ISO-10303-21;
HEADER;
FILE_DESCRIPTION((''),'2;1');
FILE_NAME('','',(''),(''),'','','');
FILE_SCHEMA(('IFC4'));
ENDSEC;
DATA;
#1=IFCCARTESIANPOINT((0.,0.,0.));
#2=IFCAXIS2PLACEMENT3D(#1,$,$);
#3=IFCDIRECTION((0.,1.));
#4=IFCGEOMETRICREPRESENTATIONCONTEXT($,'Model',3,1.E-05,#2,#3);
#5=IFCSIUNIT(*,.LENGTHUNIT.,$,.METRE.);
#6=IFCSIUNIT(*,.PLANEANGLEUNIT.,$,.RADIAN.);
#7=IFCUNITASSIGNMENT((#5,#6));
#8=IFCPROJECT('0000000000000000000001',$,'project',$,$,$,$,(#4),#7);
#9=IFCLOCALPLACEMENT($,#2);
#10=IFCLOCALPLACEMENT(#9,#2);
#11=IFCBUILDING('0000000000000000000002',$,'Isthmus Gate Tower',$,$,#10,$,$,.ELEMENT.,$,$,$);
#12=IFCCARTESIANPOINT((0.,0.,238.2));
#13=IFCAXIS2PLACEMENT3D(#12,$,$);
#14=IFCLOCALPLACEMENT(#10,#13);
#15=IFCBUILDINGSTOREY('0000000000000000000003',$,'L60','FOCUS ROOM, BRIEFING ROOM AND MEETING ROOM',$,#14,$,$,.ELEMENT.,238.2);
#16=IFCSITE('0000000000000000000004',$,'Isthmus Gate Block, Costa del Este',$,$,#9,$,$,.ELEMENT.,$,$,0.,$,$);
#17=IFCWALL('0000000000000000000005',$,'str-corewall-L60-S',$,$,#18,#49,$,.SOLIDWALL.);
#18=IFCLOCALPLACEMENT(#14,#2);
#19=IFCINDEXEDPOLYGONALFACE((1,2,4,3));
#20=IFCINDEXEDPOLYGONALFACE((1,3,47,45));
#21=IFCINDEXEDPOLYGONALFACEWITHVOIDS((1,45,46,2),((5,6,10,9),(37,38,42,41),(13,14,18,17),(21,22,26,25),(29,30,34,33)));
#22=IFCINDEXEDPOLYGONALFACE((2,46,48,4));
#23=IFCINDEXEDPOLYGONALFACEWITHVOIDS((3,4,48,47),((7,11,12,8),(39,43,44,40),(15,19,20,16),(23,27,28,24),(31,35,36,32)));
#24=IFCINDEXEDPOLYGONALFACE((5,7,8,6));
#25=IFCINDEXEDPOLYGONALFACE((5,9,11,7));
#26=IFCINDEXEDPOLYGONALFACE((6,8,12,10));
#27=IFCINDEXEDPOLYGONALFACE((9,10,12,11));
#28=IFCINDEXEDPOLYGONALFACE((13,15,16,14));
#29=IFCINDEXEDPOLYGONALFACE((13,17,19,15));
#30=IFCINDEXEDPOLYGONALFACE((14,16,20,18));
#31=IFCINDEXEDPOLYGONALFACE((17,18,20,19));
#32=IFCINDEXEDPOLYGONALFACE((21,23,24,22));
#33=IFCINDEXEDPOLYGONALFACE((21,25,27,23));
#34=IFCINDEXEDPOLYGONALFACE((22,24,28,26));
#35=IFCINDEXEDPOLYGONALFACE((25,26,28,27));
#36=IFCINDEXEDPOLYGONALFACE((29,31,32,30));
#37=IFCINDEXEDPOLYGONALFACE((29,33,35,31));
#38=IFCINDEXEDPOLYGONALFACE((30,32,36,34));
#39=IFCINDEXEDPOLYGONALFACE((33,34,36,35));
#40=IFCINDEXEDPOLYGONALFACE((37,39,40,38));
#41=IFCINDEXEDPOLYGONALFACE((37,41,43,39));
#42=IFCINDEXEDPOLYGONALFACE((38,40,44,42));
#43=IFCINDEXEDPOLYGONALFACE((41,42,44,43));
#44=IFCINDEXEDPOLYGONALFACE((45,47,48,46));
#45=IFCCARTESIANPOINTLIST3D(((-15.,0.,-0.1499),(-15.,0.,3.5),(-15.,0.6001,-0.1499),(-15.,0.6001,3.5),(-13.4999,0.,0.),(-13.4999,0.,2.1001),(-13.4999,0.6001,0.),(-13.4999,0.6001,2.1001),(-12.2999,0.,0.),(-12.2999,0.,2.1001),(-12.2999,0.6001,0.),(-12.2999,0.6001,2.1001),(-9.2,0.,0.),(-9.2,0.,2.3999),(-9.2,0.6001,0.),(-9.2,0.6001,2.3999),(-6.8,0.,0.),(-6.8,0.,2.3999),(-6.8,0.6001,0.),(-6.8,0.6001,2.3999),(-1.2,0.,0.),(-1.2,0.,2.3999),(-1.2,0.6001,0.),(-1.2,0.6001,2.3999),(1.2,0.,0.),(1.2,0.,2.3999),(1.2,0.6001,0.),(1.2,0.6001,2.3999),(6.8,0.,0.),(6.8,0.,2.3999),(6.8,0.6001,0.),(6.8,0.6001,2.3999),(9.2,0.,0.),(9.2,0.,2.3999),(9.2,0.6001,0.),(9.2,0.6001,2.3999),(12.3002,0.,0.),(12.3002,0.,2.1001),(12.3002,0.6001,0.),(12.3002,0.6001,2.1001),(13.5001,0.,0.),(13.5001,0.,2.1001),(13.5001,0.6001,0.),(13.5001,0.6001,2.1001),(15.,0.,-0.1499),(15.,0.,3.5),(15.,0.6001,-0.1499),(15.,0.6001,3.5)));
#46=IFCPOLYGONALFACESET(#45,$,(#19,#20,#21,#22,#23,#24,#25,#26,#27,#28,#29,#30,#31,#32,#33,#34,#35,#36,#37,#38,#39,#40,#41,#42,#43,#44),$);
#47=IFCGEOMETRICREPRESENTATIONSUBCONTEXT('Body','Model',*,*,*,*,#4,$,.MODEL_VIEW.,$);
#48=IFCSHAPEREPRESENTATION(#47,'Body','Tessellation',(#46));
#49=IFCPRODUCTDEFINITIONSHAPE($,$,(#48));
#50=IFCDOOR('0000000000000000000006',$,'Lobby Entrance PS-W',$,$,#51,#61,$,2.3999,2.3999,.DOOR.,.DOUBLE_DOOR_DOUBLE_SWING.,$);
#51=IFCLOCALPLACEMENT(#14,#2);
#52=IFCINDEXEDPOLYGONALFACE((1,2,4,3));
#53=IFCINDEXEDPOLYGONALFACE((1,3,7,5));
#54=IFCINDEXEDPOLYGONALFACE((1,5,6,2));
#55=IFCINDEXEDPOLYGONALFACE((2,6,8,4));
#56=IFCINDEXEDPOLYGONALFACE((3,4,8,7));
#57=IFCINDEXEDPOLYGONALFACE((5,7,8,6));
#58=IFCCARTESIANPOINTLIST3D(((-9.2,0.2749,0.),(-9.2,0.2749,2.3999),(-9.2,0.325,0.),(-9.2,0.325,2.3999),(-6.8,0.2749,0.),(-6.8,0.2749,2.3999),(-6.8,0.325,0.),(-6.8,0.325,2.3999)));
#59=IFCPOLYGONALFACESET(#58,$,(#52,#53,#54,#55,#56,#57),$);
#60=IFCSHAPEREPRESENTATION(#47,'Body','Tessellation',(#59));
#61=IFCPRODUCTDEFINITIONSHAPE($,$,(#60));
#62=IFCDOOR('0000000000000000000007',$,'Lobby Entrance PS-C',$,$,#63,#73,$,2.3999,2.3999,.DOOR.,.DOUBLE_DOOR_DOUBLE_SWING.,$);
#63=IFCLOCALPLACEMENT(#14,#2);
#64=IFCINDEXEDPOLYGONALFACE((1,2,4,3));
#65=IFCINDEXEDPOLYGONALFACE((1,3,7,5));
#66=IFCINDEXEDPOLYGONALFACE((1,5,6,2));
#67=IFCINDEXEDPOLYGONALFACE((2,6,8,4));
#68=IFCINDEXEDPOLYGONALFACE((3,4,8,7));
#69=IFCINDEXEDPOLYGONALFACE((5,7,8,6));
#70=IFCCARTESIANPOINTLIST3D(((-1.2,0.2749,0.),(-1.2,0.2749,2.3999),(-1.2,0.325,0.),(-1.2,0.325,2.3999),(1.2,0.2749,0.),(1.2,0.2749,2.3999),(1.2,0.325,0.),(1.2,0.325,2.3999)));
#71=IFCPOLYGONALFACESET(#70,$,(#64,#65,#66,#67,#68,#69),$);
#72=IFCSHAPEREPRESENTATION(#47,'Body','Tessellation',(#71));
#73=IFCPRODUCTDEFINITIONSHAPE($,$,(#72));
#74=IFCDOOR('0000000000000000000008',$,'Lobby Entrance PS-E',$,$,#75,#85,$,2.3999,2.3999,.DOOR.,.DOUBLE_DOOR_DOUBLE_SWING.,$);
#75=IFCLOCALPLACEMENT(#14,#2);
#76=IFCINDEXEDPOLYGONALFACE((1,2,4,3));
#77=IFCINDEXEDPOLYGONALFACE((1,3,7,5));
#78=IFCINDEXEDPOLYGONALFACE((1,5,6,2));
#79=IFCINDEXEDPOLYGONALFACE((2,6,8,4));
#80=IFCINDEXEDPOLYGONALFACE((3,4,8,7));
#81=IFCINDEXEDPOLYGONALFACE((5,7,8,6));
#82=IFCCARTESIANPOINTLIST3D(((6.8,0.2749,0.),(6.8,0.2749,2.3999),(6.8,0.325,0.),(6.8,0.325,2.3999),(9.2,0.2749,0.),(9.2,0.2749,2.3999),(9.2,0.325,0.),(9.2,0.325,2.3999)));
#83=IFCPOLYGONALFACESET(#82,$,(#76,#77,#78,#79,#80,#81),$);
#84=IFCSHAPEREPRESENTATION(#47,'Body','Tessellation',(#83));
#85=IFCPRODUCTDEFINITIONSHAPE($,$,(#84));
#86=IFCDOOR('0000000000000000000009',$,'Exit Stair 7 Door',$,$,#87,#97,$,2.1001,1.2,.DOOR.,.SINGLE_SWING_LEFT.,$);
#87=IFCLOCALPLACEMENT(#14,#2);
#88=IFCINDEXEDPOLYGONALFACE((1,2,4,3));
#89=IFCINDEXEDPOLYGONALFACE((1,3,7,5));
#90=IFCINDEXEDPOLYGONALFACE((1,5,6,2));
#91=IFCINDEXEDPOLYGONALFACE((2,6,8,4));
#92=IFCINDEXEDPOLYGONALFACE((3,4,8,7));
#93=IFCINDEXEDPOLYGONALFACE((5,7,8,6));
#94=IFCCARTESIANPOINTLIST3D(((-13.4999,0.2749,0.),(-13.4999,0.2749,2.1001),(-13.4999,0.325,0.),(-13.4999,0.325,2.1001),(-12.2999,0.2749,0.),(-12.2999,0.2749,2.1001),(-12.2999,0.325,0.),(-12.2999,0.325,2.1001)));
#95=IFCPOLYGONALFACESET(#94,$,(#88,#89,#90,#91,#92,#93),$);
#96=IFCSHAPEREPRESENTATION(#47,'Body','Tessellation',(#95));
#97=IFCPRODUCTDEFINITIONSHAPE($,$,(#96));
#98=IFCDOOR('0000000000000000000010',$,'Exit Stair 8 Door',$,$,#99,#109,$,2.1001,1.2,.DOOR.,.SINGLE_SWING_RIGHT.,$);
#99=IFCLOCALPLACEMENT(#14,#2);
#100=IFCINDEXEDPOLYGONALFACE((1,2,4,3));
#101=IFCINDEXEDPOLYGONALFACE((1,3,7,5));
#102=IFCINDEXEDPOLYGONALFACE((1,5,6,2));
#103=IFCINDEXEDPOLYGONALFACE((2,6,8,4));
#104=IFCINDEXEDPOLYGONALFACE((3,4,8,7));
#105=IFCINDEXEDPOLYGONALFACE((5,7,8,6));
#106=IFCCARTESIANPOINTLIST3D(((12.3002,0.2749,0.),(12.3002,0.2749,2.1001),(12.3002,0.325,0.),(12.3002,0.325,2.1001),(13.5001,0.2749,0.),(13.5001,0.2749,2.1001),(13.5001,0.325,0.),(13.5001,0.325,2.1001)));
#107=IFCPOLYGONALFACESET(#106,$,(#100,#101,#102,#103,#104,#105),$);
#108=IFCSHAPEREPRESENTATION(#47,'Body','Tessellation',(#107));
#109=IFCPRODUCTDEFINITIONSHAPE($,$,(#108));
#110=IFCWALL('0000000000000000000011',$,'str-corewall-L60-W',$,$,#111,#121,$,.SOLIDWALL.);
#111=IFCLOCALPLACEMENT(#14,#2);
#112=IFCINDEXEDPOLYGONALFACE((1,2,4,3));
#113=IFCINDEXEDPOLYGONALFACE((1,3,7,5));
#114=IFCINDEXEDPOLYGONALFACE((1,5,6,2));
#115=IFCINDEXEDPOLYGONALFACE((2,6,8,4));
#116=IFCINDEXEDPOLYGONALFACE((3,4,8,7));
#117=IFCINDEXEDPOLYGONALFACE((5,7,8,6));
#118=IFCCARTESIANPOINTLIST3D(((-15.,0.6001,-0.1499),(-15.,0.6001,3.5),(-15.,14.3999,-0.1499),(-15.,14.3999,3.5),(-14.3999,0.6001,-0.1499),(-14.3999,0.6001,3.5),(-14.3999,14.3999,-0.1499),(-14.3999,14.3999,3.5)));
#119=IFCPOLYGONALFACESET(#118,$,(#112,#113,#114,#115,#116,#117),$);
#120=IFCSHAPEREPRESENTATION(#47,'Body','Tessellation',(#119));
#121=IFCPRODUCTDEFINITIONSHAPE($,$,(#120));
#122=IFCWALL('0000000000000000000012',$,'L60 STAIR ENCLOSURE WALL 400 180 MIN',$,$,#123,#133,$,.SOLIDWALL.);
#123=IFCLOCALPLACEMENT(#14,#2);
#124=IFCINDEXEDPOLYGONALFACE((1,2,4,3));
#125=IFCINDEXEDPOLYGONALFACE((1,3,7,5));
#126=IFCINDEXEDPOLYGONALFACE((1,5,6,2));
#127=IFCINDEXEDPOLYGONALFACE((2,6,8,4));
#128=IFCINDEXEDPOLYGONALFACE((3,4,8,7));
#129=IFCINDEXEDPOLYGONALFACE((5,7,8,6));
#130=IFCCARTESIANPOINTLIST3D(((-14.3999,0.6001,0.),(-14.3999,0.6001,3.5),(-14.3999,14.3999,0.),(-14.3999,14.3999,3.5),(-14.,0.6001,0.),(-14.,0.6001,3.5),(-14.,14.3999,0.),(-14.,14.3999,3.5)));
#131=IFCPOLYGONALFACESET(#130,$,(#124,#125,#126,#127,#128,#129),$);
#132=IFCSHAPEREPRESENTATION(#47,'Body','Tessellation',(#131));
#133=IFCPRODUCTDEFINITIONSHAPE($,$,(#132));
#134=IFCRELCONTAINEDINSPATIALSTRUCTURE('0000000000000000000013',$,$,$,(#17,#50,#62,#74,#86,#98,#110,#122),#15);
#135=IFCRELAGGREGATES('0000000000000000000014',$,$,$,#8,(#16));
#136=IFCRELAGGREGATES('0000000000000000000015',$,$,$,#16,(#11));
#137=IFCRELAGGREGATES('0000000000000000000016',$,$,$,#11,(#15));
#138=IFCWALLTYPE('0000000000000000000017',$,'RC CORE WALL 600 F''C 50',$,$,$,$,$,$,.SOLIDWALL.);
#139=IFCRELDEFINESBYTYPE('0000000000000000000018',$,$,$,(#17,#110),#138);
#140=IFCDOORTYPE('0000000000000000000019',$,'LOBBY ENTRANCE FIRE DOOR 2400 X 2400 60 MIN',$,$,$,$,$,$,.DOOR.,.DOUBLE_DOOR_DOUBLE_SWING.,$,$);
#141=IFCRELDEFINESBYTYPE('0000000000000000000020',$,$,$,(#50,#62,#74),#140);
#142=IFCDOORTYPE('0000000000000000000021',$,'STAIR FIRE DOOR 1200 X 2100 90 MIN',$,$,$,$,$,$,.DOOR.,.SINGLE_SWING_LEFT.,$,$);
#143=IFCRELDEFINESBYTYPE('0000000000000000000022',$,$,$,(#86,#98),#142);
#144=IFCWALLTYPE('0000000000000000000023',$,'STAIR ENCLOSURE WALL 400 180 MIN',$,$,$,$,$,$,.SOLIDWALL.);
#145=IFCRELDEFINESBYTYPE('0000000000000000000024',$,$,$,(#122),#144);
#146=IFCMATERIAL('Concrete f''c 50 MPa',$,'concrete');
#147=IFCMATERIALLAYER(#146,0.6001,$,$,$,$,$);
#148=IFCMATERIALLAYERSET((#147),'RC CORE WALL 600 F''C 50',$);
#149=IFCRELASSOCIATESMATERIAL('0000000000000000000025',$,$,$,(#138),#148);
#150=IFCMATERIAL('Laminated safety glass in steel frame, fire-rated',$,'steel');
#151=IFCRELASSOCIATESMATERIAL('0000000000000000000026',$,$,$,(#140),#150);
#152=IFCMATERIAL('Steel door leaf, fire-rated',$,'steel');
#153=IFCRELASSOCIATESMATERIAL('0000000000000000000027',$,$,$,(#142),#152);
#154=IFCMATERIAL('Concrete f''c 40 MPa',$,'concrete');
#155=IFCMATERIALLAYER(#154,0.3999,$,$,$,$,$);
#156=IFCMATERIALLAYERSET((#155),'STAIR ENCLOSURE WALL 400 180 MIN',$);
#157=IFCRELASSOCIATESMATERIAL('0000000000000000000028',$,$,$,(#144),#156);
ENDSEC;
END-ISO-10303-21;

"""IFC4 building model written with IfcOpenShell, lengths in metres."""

from ifc_helpers import new_model, si_unit, direction, frame, frame_2d, origin, place, context, subcontext, project, spatial, rectangle, extrude, material, layer, layer_set, type_object, element, fill, save


model = new_model("IFC4")

# Units and contexts
model_context = context("Model", 3, precision=1e-05, world=origin(), true_north=direction((0.0, 1.0)))
body_context = subcontext(model_context, "Body", "Model", "MODEL_VIEW")
ifc_project = project(units=[si_unit("LENGTHUNIT", "METRE"), si_unit("PLANEANGLEUNIT", "RADIAN")], contexts=[model_context])

# Site, building, storey
site_placement = place(None, origin())
site = spatial("IfcSite", under=ifc_project, at=site_placement, Name="Isthmus Gate Block, Costa del Este", CompositionType="ELEMENT", RefElevation=0.0)
building_placement = place(site_placement, origin())
building = spatial("IfcBuilding", under=site, at=building_placement, Name="Isthmus Gate Tower", CompositionType="ELEMENT")
storey_placement = place(building_placement, frame((0.0, 0.0, 238.2)))
storey = spatial("IfcBuildingStorey", under=building, at=storey_placement, Name="L60", Description="FOCUS ROOM, BRIEFING ROOM AND MEETING ROOM", CompositionType="ELEMENT", Elevation=238.2)

# Wall, openings, doors
ifc_material_1 = material(Name="Concrete f'c 50 MPa", Category="concrete")
ifc_layer_1 = layer(ifc_material_1, 0.6001)
ifc_layer_set_1 = layer_set([ifc_layer_1], Name="RC CORE WALL 600 F'C 50")
wall_type_1 = type_object("IfcWallType", Name="RC CORE WALL 600 F'C 50", PredefinedType="SOLIDWALL", material=ifc_layer_set_1)
wall_1_placement = place(storey_placement, frame((-15.0, 0.3, -0.1499), z_axis=(0.0, 0.0, 1.0), x_axis=(1.0, 0.0, 0.0)))
wall_1 = element("IfcWall", 1, at=wall_1_placement, inside=storey, type_object=wall_type_1, Name="str-corewall-L60-S", PredefinedType="SOLIDWALL", context=body_context, shape_type="SweptSolid", body=[
    extrude(rectangle(XDim=30.0, YDim=0.6001, at=frame_2d((15.0, 0.0))), origin(), (0.0, 0.0, 1.0), 3.6499),
])
opening_1_placement = place(wall_1_placement, frame((5.8, 0.0, 0.1499)))
opening_1 = element("IfcOpeningElement", 2, at=opening_1_placement, cuts=wall_1, PredefinedType="OPENING", context=body_context, shape_type="SweptSolid", body=[
    extrude(rectangle(XDim=2.3999, YDim=2.3999, at=frame_2d((1.2, 1.2))), frame((0.0, 0.3101, 0.0), z_axis=(0.0, -1.0, 0.0), x_axis=(1.0, 0.0, 0.0)), (0.0, 0.0, 1.0), 0.6201),
])
opening_2_placement = place(wall_1_placement, frame((13.8, 0.0, 0.1499)))
opening_2 = element("IfcOpeningElement", 3, at=opening_2_placement, cuts=wall_1, PredefinedType="OPENING", context=body_context, shape_type="SweptSolid", body=[
    extrude(rectangle(XDim=2.3999, YDim=2.3999, at=frame_2d((1.2, 1.2))), frame((0.0, 0.3101, 0.0), z_axis=(0.0, -1.0, 0.0), x_axis=(1.0, 0.0, 0.0)), (0.0, 0.0, 1.0), 0.6201),
])
opening_3_placement = place(wall_1_placement, frame((21.8, 0.0, 0.1499)))
opening_3 = element("IfcOpeningElement", 4, at=opening_3_placement, cuts=wall_1, PredefinedType="OPENING", context=body_context, shape_type="SweptSolid", body=[
    extrude(rectangle(XDim=2.3999, YDim=2.3999, at=frame_2d((1.2, 1.2))), frame((0.0, 0.3101, 0.0), z_axis=(0.0, -1.0, 0.0), x_axis=(1.0, 0.0, 0.0)), (0.0, 0.0, 1.0), 0.6201),
])
opening_4_placement = place(wall_1_placement, frame((1.5, 0.0, 0.1499)))
opening_4 = element("IfcOpeningElement", 5, at=opening_4_placement, cuts=wall_1, PredefinedType="OPENING", context=body_context, shape_type="SweptSolid", body=[
    extrude(rectangle(XDim=1.2, YDim=2.1001, at=frame_2d((0.6001, 1.05))), frame((0.0, 0.3101, 0.0), z_axis=(0.0, -1.0, 0.0), x_axis=(1.0, 0.0, 0.0)), (0.0, 0.0, 1.0), 0.6201),
])
opening_5_placement = place(wall_1_placement, frame((27.3, 0.0, 0.1499)))
opening_5 = element("IfcOpeningElement", 6, at=opening_5_placement, cuts=wall_1, PredefinedType="OPENING", context=body_context, shape_type="SweptSolid", body=[
    extrude(rectangle(XDim=1.2, YDim=2.1001, at=frame_2d((0.6001, 1.05))), frame((0.0, 0.3101, 0.0), z_axis=(0.0, -1.0, 0.0), x_axis=(1.0, 0.0, 0.0)), (0.0, 0.0, 1.0), 0.6201),
])
ifc_material_2 = material(Name="Laminated safety glass in steel frame, fire-rated", Category="steel")
door_type_1 = type_object("IfcDoorType", Name="LOBBY ENTRANCE FIRE DOOR 2400 X 2400 60 MIN", OperationType="DOUBLE_DOOR_DOUBLE_SWING", PredefinedType="DOOR", material=ifc_material_2)
door_1_placement = place(opening_1_placement, origin())
door_1 = element("IfcDoor", 7, at=door_1_placement, inside=storey, type_object=door_type_1, Name="Lobby Entrance PS-W", OperationType="DOUBLE_DOOR_DOUBLE_SWING", OverallHeight=2.3999, OverallWidth=2.3999, PredefinedType="DOOR", context=body_context, shape_type="SweptSolid", body=[
    extrude(rectangle(XDim=2.3999, YDim=2.3999, at=frame_2d((1.2, 1.2))), frame((0.0, 0.0249, 0.0), z_axis=(0.0, -1.0, 0.0), x_axis=(1.0, 0.0, 0.0)), (0.0, 0.0, 1.0), 0.05),
])
fill(opening_1, door_1)
door_2_placement = place(opening_2_placement, origin())
door_2 = element("IfcDoor", 8, at=door_2_placement, inside=storey, type_object=door_type_1, Name="Lobby Entrance PS-C", OperationType="DOUBLE_DOOR_DOUBLE_SWING", OverallHeight=2.3999, OverallWidth=2.3999, PredefinedType="DOOR", context=body_context, shape_type="SweptSolid", body=[
    extrude(rectangle(XDim=2.3999, YDim=2.3999, at=frame_2d((1.2, 1.2))), frame((0.0, 0.0249, 0.0), z_axis=(0.0, -1.0, 0.0), x_axis=(1.0, 0.0, 0.0)), (0.0, 0.0, 1.0), 0.05),
])
fill(opening_2, door_2)
door_3_placement = place(opening_3_placement, origin())
door_3 = element("IfcDoor", 9, at=door_3_placement, inside=storey, type_object=door_type_1, Name="Lobby Entrance PS-E", OperationType="DOUBLE_DOOR_DOUBLE_SWING", OverallHeight=2.3999, OverallWidth=2.3999, PredefinedType="DOOR", context=body_context, shape_type="SweptSolid", body=[
    extrude(rectangle(XDim=2.3999, YDim=2.3999, at=frame_2d((1.2, 1.2))), frame((0.0, 0.0249, 0.0), z_axis=(0.0, -1.0, 0.0), x_axis=(1.0, 0.0, 0.0)), (0.0, 0.0, 1.0), 0.05),
])
fill(opening_3, door_3)
ifc_material_3 = material(Name="Steel door leaf, fire-rated", Category="steel")
door_type_2 = type_object("IfcDoorType", Name="STAIR FIRE DOOR 1200 X 2100 90 MIN", OperationType="SINGLE_SWING_LEFT", PredefinedType="DOOR", material=ifc_material_3)
door_4_placement = place(opening_4_placement, origin())
door_4 = element("IfcDoor", 10, at=door_4_placement, inside=storey, type_object=door_type_2, Name="Exit Stair 7 Door", OperationType="SINGLE_SWING_LEFT", OverallHeight=2.1001, OverallWidth=1.2, PredefinedType="DOOR", context=body_context, shape_type="SweptSolid", body=[
    extrude(rectangle(XDim=1.2, YDim=2.1001, at=frame_2d((0.6001, 1.05))), frame((0.0, 0.0249, 0.0), z_axis=(0.0, -1.0, 0.0), x_axis=(1.0, 0.0, 0.0)), (0.0, 0.0, 1.0), 0.05),
])
fill(opening_4, door_4)
door_5_placement = place(opening_5_placement, origin())
door_5 = element("IfcDoor", 11, at=door_5_placement, inside=storey, type_object=door_type_2, Name="Exit Stair 8 Door", OperationType="SINGLE_SWING_RIGHT", OverallHeight=2.1001, OverallWidth=1.2, PredefinedType="DOOR", context=body_context, shape_type="SweptSolid", body=[
    extrude(rectangle(XDim=1.2, YDim=2.1001, at=frame_2d((0.6001, 1.05))), frame((0.0, 0.0249, 0.0), z_axis=(0.0, -1.0, 0.0), x_axis=(1.0, 0.0, 0.0)), (0.0, 0.0, 1.0), 0.05),
])
fill(opening_5, door_5)

# Walls
wall_2_placement = place(storey_placement, frame((-14.7, 0.6001, -0.1499), z_axis=(0.0, 0.0, 1.0), x_axis=(0.0, 1.0, 0.0)))
element("IfcWall", 12, at=wall_2_placement, inside=storey, type_object=wall_type_1, Name="str-corewall-L60-W", PredefinedType="SOLIDWALL", context=body_context, shape_type="SweptSolid", body=[
    extrude(rectangle(XDim=13.7998, YDim=0.6001, at=frame_2d((6.8999, 0.0))), origin(), (0.0, 0.0, 1.0), 3.6499),
])
ifc_material_4 = material(Name="Concrete f'c 40 MPa", Category="concrete")
ifc_layer_2 = layer(ifc_material_4, 0.3999)
ifc_layer_set_2 = layer_set([ifc_layer_2], Name="STAIR ENCLOSURE WALL 400 180 MIN")
wall_type_2 = type_object("IfcWallType", Name="STAIR ENCLOSURE WALL 400 180 MIN", PredefinedType="SOLIDWALL", material=ifc_layer_set_2)
wall_3_placement = place(storey_placement, frame((-14.2, 0.6001, 0.0), z_axis=(0.0, 0.0, 1.0), x_axis=(0.0, 1.0, 0.0)))
element("IfcWall", 13, at=wall_3_placement, inside=storey, type_object=wall_type_2, Name="L60 STAIR ENCLOSURE WALL 400 180 MIN", PredefinedType="SOLIDWALL", context=body_context, shape_type="SweptSolid", body=[
    extrude(rectangle(XDim=13.7998, YDim=0.3999, at=frame_2d((6.8999, 0.0))), origin(), (0.0, 0.0, 1.0), 3.5),
])

save(model, "model.ifc")
